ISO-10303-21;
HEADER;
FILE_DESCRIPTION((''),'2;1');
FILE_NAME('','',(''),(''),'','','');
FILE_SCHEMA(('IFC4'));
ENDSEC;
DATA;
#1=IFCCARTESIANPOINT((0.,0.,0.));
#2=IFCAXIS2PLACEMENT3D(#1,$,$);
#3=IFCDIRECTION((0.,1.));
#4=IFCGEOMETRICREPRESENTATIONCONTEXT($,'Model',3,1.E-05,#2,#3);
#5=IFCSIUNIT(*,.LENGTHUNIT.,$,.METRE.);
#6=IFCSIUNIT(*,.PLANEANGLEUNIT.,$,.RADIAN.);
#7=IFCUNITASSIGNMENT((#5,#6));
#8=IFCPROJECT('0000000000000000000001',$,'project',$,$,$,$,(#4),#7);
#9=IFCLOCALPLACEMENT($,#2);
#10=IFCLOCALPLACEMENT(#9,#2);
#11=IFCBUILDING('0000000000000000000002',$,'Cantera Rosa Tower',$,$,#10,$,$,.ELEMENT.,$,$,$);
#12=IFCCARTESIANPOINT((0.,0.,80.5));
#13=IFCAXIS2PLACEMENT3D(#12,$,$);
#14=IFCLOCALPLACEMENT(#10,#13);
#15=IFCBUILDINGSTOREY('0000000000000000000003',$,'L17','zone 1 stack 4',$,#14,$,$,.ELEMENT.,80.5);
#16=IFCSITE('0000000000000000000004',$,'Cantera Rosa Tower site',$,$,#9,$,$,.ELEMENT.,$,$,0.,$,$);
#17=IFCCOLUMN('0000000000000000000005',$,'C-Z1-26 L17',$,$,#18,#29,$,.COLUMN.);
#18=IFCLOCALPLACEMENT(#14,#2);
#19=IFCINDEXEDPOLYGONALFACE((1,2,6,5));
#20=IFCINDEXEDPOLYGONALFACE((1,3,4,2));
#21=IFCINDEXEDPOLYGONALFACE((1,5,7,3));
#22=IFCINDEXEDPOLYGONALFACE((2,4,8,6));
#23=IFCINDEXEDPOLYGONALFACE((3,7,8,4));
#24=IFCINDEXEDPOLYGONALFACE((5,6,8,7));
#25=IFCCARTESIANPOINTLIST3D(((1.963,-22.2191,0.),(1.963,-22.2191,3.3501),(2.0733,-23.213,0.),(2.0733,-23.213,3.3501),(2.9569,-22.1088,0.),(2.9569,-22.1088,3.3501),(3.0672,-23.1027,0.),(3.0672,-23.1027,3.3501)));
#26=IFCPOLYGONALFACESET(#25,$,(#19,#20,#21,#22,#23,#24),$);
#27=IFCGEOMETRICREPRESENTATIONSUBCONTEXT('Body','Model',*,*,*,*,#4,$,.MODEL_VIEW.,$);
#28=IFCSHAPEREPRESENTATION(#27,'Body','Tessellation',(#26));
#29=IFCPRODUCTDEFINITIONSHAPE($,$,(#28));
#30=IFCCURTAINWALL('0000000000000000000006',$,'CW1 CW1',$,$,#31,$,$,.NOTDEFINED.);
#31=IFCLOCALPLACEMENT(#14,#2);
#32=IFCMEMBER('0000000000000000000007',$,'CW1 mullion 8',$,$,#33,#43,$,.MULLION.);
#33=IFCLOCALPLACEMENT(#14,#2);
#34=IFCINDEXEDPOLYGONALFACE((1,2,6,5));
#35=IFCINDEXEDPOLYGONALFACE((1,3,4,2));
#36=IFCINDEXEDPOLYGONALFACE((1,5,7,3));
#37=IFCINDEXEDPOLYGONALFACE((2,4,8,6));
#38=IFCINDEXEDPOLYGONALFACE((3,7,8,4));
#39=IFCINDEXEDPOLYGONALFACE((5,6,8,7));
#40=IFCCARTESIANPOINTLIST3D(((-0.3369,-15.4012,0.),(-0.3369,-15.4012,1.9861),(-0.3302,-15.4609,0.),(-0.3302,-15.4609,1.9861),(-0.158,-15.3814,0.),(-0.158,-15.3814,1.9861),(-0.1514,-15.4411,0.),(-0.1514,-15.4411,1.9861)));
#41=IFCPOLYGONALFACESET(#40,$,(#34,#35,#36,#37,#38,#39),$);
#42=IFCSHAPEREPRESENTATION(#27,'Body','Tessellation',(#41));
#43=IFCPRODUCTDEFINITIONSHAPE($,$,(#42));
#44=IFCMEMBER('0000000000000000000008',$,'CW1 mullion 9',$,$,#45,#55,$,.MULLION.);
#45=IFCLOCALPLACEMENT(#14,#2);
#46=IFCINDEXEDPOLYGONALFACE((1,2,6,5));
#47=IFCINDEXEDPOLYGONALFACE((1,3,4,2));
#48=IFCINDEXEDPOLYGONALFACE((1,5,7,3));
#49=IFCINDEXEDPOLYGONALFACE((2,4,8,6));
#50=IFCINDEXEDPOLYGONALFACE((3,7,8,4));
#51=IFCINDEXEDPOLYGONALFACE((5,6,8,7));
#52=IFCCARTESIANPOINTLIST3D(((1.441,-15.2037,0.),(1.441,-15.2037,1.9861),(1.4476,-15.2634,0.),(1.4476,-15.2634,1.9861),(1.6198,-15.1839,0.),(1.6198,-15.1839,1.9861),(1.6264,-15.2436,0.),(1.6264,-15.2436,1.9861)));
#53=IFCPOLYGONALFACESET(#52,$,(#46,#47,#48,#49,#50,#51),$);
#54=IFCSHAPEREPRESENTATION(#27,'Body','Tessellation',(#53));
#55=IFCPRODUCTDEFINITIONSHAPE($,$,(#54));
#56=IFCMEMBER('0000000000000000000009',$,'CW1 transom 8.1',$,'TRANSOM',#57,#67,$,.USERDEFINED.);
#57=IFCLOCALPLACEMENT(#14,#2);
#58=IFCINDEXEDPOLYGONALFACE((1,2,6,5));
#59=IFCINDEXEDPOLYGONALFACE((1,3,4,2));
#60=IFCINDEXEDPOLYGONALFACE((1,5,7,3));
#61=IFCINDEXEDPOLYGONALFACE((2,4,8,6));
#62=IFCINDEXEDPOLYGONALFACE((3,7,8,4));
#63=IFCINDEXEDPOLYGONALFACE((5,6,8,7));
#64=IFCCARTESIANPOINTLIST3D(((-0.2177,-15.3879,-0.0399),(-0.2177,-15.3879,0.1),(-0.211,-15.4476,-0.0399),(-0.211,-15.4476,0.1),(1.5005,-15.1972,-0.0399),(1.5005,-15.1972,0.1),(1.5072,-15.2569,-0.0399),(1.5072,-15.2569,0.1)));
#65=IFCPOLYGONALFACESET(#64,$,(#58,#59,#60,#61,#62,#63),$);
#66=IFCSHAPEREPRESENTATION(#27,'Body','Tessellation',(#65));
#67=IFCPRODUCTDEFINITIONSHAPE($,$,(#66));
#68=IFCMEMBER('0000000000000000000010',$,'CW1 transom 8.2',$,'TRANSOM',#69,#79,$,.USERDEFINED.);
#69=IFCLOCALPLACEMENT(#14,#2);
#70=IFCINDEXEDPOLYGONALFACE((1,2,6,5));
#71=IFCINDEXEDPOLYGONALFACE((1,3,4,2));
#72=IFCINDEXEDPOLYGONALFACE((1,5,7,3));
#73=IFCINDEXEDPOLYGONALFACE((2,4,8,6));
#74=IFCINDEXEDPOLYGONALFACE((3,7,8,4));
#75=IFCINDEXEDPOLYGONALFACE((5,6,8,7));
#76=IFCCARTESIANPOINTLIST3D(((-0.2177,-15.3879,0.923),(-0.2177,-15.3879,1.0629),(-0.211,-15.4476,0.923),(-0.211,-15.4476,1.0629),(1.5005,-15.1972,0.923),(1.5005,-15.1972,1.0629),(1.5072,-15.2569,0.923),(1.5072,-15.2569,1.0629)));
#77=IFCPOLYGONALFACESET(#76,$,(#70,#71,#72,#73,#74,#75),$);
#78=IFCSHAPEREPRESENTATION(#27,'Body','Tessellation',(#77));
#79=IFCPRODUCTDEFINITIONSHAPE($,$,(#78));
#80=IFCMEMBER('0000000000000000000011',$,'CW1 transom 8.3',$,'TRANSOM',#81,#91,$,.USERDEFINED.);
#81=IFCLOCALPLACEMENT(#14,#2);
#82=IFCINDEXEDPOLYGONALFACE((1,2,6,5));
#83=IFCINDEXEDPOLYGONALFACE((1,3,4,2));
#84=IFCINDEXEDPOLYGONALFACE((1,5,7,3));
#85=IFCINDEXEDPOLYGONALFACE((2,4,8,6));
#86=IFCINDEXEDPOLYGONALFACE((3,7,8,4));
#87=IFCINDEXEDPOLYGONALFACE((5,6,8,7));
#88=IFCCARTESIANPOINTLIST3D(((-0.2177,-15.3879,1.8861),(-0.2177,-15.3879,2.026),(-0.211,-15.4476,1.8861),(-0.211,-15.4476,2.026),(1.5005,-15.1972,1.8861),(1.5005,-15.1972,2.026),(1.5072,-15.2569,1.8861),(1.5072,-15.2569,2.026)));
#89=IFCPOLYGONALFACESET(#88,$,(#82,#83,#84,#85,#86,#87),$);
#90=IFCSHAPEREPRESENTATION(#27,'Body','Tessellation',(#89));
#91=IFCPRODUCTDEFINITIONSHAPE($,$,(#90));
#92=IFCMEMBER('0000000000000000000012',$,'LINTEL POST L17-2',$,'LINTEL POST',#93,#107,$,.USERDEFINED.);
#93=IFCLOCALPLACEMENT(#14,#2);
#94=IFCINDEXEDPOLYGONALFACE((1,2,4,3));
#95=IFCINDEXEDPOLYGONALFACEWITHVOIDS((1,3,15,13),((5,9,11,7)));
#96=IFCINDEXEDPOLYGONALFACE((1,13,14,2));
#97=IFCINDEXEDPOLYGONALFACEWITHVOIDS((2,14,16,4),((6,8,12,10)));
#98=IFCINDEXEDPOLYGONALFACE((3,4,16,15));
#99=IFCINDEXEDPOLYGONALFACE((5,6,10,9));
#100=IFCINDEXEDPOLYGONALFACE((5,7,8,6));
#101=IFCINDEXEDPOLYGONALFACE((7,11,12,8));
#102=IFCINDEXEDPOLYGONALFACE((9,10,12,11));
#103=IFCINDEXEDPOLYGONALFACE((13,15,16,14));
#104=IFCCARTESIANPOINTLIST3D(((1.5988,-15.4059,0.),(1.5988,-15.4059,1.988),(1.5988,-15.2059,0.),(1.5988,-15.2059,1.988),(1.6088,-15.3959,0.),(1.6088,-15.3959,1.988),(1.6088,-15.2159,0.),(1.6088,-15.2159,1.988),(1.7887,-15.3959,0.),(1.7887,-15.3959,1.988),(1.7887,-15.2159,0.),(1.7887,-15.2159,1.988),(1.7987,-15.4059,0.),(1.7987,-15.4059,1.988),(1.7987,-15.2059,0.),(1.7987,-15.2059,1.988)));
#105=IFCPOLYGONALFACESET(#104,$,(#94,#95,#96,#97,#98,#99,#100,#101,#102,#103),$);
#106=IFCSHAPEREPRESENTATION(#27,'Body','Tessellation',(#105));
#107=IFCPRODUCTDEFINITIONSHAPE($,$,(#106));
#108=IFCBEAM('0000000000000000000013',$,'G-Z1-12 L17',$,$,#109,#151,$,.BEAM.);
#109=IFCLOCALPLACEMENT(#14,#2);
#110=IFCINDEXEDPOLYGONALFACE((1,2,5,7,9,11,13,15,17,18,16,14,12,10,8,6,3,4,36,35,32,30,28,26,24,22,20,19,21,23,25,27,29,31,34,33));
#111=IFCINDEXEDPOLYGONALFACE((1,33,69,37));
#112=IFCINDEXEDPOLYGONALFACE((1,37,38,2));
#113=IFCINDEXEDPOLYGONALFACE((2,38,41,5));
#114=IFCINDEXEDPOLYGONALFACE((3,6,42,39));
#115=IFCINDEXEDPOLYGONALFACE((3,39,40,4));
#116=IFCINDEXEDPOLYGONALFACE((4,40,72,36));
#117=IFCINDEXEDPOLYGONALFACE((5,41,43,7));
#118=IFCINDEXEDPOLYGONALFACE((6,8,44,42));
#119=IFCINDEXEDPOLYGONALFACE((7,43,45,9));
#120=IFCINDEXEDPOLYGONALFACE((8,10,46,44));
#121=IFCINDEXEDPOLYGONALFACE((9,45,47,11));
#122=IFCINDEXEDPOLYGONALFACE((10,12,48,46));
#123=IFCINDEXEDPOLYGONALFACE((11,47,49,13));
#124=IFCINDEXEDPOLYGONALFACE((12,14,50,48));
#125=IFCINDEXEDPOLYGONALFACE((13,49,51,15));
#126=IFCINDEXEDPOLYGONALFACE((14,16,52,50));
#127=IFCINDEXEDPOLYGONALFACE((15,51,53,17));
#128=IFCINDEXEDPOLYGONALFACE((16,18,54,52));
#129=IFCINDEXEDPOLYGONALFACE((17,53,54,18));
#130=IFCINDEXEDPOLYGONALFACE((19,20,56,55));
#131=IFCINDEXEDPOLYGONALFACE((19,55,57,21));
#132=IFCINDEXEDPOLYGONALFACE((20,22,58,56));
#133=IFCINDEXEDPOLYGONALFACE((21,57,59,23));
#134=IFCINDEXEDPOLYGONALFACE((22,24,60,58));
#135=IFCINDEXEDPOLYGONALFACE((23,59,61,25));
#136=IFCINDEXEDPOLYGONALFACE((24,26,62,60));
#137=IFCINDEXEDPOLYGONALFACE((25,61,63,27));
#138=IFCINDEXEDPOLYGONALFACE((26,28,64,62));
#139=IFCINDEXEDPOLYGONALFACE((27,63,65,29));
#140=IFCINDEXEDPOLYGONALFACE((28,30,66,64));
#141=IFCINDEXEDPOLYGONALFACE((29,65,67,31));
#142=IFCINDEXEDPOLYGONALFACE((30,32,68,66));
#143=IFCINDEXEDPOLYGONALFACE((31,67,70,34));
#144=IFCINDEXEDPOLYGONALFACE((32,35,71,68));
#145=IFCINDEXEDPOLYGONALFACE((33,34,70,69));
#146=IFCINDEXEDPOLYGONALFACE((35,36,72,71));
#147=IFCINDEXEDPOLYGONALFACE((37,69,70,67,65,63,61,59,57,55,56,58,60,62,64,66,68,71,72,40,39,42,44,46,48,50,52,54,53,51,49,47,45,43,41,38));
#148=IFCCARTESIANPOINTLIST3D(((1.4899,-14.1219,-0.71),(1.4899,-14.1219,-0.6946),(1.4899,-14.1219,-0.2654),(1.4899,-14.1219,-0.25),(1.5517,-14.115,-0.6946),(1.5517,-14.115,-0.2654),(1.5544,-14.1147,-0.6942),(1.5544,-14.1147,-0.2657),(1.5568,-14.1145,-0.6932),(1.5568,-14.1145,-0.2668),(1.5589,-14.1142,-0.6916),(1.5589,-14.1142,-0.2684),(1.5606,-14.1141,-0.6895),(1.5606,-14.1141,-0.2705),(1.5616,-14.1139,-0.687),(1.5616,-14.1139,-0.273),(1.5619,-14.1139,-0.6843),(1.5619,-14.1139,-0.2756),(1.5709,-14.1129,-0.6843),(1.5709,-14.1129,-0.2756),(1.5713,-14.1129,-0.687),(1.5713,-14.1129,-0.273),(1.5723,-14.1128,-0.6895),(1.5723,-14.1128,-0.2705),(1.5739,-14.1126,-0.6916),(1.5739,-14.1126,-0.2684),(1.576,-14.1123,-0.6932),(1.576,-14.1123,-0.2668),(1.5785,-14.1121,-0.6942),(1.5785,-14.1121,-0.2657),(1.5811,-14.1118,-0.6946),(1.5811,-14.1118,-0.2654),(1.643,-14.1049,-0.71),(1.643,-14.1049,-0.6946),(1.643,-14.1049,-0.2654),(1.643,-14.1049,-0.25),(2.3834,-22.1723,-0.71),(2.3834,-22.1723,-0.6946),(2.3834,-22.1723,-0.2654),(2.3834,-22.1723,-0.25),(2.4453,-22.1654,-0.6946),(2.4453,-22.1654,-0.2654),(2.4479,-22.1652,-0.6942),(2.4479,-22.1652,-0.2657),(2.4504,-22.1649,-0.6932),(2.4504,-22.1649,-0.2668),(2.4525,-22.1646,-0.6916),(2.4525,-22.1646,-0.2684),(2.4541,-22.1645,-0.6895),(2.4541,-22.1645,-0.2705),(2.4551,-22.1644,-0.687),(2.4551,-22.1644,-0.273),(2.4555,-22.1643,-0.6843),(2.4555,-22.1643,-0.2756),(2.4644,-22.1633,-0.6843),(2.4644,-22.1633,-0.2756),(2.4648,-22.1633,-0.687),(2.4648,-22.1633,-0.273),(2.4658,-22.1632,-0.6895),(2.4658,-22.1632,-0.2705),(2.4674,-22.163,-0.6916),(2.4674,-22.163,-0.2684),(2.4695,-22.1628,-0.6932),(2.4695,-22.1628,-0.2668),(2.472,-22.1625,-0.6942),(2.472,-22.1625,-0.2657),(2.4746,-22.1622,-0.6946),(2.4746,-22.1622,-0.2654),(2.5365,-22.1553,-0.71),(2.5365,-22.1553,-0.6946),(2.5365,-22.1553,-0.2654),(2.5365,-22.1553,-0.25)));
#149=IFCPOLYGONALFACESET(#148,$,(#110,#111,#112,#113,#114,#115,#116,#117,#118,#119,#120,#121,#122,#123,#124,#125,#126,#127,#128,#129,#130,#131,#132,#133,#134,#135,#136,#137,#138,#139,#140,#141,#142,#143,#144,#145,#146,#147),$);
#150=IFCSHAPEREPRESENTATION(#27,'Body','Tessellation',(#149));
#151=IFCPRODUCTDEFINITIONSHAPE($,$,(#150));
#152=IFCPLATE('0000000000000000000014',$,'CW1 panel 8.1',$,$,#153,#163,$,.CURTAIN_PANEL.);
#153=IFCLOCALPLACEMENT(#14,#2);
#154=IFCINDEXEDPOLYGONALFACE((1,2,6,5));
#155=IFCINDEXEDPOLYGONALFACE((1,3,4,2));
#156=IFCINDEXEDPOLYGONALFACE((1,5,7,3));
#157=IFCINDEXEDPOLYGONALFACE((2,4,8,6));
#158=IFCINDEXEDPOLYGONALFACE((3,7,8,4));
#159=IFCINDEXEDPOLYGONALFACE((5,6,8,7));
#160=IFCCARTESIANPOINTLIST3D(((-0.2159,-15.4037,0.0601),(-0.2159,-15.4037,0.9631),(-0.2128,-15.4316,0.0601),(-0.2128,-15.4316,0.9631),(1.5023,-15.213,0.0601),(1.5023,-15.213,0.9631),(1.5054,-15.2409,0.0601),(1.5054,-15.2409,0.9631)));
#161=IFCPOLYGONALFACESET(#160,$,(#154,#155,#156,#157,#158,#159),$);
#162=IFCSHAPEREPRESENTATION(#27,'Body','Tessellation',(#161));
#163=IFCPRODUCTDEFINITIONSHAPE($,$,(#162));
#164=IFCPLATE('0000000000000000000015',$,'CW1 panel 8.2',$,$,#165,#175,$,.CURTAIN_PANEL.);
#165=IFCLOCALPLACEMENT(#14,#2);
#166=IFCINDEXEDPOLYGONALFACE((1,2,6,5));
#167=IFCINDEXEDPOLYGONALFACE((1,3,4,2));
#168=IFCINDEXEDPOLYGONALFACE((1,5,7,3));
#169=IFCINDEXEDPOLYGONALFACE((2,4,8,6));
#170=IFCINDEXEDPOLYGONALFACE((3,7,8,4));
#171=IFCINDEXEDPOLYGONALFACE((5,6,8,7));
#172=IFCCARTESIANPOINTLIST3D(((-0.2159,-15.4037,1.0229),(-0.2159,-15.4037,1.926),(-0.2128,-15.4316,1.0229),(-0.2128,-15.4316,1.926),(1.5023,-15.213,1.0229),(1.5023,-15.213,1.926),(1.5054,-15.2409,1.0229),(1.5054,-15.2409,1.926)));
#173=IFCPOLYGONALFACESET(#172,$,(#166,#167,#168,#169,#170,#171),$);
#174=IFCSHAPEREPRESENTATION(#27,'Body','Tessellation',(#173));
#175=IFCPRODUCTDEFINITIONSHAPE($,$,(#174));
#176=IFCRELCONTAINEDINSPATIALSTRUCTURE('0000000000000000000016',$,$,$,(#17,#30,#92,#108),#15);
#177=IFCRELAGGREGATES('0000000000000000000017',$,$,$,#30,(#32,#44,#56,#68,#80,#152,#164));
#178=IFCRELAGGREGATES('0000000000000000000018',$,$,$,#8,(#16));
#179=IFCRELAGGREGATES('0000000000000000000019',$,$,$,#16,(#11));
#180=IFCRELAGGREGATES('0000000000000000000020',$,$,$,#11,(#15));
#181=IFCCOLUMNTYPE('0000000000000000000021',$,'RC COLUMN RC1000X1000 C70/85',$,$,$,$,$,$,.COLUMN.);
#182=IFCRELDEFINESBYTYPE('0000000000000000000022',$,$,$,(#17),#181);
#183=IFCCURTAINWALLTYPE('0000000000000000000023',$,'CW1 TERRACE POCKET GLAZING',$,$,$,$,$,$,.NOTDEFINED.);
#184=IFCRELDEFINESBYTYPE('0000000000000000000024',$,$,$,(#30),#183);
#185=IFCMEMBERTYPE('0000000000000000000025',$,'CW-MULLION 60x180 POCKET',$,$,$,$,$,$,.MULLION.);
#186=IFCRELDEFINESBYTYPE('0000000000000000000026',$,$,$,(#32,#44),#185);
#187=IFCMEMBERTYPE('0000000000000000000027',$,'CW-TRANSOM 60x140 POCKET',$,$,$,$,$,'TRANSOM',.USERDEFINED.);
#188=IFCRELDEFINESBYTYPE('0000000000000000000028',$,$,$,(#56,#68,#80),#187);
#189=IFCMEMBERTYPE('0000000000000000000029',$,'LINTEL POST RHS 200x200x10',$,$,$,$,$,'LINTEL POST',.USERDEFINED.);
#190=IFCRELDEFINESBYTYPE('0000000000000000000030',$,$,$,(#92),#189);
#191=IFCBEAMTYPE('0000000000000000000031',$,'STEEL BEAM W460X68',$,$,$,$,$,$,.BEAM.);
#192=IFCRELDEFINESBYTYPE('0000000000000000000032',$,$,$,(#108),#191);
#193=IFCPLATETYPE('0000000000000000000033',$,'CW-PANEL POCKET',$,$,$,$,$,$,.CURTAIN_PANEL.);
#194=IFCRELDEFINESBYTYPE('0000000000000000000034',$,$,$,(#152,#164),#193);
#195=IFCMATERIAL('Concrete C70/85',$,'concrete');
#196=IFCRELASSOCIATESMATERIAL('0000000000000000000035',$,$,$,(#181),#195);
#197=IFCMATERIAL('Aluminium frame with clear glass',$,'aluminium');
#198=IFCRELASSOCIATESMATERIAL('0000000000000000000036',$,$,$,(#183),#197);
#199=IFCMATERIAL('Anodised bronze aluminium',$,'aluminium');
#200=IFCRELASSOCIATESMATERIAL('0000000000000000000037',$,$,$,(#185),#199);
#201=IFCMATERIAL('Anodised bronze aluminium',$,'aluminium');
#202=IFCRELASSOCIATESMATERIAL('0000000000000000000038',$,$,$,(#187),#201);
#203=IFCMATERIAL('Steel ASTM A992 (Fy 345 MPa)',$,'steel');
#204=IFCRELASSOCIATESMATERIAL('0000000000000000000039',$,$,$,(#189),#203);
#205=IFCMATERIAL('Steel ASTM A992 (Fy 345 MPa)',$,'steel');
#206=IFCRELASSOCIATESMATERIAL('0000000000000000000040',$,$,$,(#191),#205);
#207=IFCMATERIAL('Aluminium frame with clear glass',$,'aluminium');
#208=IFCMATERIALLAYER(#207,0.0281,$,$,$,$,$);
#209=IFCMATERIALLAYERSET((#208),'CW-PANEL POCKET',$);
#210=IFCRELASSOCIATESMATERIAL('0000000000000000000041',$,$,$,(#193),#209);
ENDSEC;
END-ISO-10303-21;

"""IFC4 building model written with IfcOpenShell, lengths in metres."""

from ifc_helpers import new_model, si_unit, direction, frame, origin, origin_2d, place, context, subcontext, project, spatial, rectangle, hollow_rectangle, i_section, extrude, material, layer, layer_set, material_profile, profile_set, type_object, element, aggregate, save


model = new_model("IFC4")

# Units and contexts
model_context = context("Model", 3, precision=1e-05, world=origin(), true_north=direction((0.0, 1.0)))
body_context = subcontext(model_context, "Body", "Model", "MODEL_VIEW")
ifc_project = project(units=[si_unit("LENGTHUNIT", "METRE"), si_unit("PLANEANGLEUNIT", "RADIAN")], contexts=[model_context])

# Site, building, storey
site_placement = place(None, origin())
site = spatial("IfcSite", under=ifc_project, at=site_placement, Name="Cantera Rosa Tower site", CompositionType="ELEMENT", RefElevation=0.0)
building_placement = place(site_placement, origin())
building = spatial("IfcBuilding", under=site, at=building_placement, Name="Cantera Rosa Tower", CompositionType="ELEMENT")
storey_placement = place(building_placement, frame((0.0, 0.0, 80.5)))
storey = spatial("IfcBuildingStorey", under=building, at=storey_placement, Name="L17", Description="zone 1 stack 4", CompositionType="ELEMENT", Elevation=80.5)

# Column
ifc_material_1 = material(Name="Concrete C70/85", Category="concrete")
ifc_material_profile_1 = material_profile(ifc_material_1, rectangle(XDim=1.0, YDim=1.0, at=origin_2d()), Name="RC COLUMN RC1000X1000 C70/85")
ifc_profile_set_1 = profile_set([ifc_material_profile_1], Name="Concrete C70/85")
column_type = type_object("IfcColumnType", Name="RC COLUMN RC1000X1000 C70/85", PredefinedType="COLUMN", material=ifc_profile_set_1)
column_placement = place(storey_placement, frame((2.5151, -22.6609, 0.0), z_axis=(0.0, 0.0, 1.0), x_axis=(0.993897, 0.110313, 0.0)))
element("IfcColumn", 1, at=column_placement, inside=storey, type_object=column_type, Name="C-Z1-26 L17", PredefinedType="COLUMN", context=body_context, shape_type="SweptSolid", body=[
    extrude(rectangle(XDim=1.0, YDim=1.0, at=origin_2d()), origin(), (0.0, 0.0, 1.0), 3.3501),
])

# Curtain wall, members
ifc_material_2 = material(Name="Aluminium frame with clear glass", Category="aluminium")
curtain_wall_type = type_object("IfcCurtainWallType", Name="CW1 TERRACE POCKET GLAZING", PredefinedType="NOTDEFINED", material=ifc_material_2)
curtain_wall_placement = place(storey_placement, origin())
curtain_wall = element("IfcCurtainWall", 2, at=curtain_wall_placement, inside=storey, type_object=curtain_wall_type, Name="CW1 CW1", PredefinedType="NOTDEFINED")
ifc_material_3 = material(Name="Anodised bronze aluminium", Category="aluminium")
ifc_material_profile_2 = material_profile(ifc_material_3, rectangle(XDim=0.0601, YDim=0.1799, at=origin_2d()), Name="CW-MULLION 60x180 POCKET")
ifc_profile_set_2 = profile_set([ifc_material_profile_2], Name="Anodised bronze aluminium")
member_type_1 = type_object("IfcMemberType", Name="CW-MULLION 60x180 POCKET", PredefinedType="MULLION", material=ifc_profile_set_2)
member_1_placement = place(storey_placement, frame((-0.2441, -15.4211, 0.0), z_axis=(0.0, 0.0, 1.0), x_axis=(-0.110313, 0.993897, 0.0)))
member_1 = element("IfcMember", 3, at=member_1_placement, type_object=member_type_1, Name="CW1 mullion 8", PredefinedType="MULLION", context=body_context, shape_type="SweptSolid", body=[
    extrude(rectangle(XDim=0.0601, YDim=0.1799, at=origin_2d()), origin(), (0.0, 0.0, 1.0), 1.9861),
])
member_2_placement = place(storey_placement, frame((1.5337, -15.2236, 0.0), z_axis=(0.0, 0.0, 1.0), x_axis=(-0.110313, 0.993897, 0.0)))
member_2 = element("IfcMember", 4, at=member_2_placement, type_object=member_type_1, Name="CW1 mullion 9", PredefinedType="MULLION", context=body_context, shape_type="SweptSolid", body=[
    extrude(rectangle(XDim=0.0601, YDim=0.1799, at=origin_2d()), origin(), (0.0, 0.0, 1.0), 1.9861),
])
ifc_material_4 = material(Name="Anodised bronze aluminium", Category="aluminium")
ifc_material_profile_3 = material_profile(ifc_material_4, rectangle(XDim=0.0601, YDim=0.1399, at=origin_2d()), Name="CW-TRANSOM 60x140 POCKET")
ifc_profile_set_3 = profile_set([ifc_material_profile_3], Name="Anodised bronze aluminium")
member_type_2 = type_object("IfcMemberType", Name="CW-TRANSOM 60x140 POCKET", ElementType="TRANSOM", PredefinedType="USERDEFINED", material=ifc_profile_set_3)
member_3_placement = place(storey_placement, frame((-0.2144, -15.4177, 0.03), z_axis=(0.993899, 0.110292, 0.0), x_axis=(-0.110292, 0.993899, 0.0)))
member_3 = element("IfcMember", 5, at=member_3_placement, type_object=member_type_2, Name="CW1 transom 8.1", ObjectType="TRANSOM", PredefinedType="USERDEFINED", context=body_context, shape_type="SweptSolid", body=[
    extrude(rectangle(XDim=0.0601, YDim=0.1399, at=origin_2d()), origin(), (0.0, 0.0, 1.0), 1.7288),
])
member_4_placement = place(storey_placement, frame((-0.2144, -15.4177, 0.9929), z_axis=(0.993899, 0.110292, 0.0), x_axis=(-0.110292, 0.993899, 0.0)))
member_4 = element("IfcMember", 6, at=member_4_placement, type_object=member_type_2, Name="CW1 transom 8.2", ObjectType="TRANSOM", PredefinedType="USERDEFINED", context=body_context, shape_type="SweptSolid", body=[
    extrude(rectangle(XDim=0.0601, YDim=0.1399, at=origin_2d()), origin(), (0.0, 0.0, 1.0), 1.7288),
])
member_5_placement = place(storey_placement, frame((-0.2144, -15.4177, 1.9561), z_axis=(0.993899, 0.110292, 0.0), x_axis=(-0.110292, 0.993899, 0.0)))
member_5 = element("IfcMember", 7, at=member_5_placement, type_object=member_type_2, Name="CW1 transom 8.3", ObjectType="TRANSOM", PredefinedType="USERDEFINED", context=body_context, shape_type="SweptSolid", body=[
    extrude(rectangle(XDim=0.0601, YDim=0.1399, at=origin_2d()), origin(), (0.0, 0.0, 1.0), 1.7288),
])

# Member
ifc_material_5 = material(Name="Steel ASTM A992 (Fy 345 MPa)", Category="steel")
ifc_material_profile_4 = material_profile(ifc_material_5, hollow_rectangle(XDim=0.2, YDim=0.2, WallThickness=0.01, at=origin_2d()), Name="LINTEL POST RHS 200x200x10")
ifc_profile_set_4 = profile_set([ifc_material_profile_4], Name="Steel ASTM A992 (Fy 345 MPa)")
member_type_3 = type_object("IfcMemberType", Name="LINTEL POST RHS 200x200x10", ElementType="LINTEL POST", PredefinedType="USERDEFINED", material=ifc_profile_set_4)
member_6_placement = place(storey_placement, frame((1.6987, -15.3059, 0.0), z_axis=(0.0, 0.0, 1.0), x_axis=(1.0, 0.0, 0.0)))
element("IfcMember", 8, at=member_6_placement, inside=storey, type_object=member_type_3, Name="LINTEL POST L17-2", ObjectType="LINTEL POST", PredefinedType="USERDEFINED", context=body_context, shape_type="SweptSolid", body=[
    extrude(hollow_rectangle(XDim=0.2, YDim=0.2, WallThickness=0.01, at=origin_2d()), origin(), (0.0, 0.0, 1.0), 1.988),
])

# Beam
ifc_material_6 = material(Name="Steel ASTM A992 (Fy 345 MPa)", Category="steel")
ifc_material_profile_5 = material_profile(ifc_material_6, i_section(OverallWidth=0.1541, OverallDepth=0.46, WebThickness=0.009, FlangeThickness=0.0154, FilletRadius=0.0103, at=origin_2d()), Name="W460X68")
ifc_profile_set_5 = profile_set([ifc_material_profile_5], Name="Steel ASTM A992 (Fy 345 MPa)")
beam_type = type_object("IfcBeamType", Name="STEEL BEAM W460X68", PredefinedType="BEAM", material=ifc_profile_set_5)
beam_placement = place(storey_placement, frame((2.46, -22.1638, -0.48), z_axis=(-0.110316, 0.993897, 0.0), x_axis=(-0.993897, -0.110316, 0.0)))
element("IfcBeam", 9, at=beam_placement, inside=storey, type_object=beam_type, Name="G-Z1-12 L17", PredefinedType="BEAM", context=body_context, shape_type="SweptSolid", body=[
    extrude(i_section(OverallWidth=0.1541, OverallDepth=0.46, WebThickness=0.009, FlangeThickness=0.0154, FilletRadius=0.0103, at=origin_2d()), origin(), (0.0, 0.0, 1.0), 8.0999),
])

# Plates
ifc_material_7 = material(Name="Aluminium frame with clear glass", Category="aluminium")
ifc_layer_1 = layer(ifc_material_7, 0.0281)
ifc_layer_set_1 = layer_set([ifc_layer_1], Name="CW-PANEL POCKET")
plate_type = type_object("IfcPlateType", Name="CW-PANEL POCKET", PredefinedType="CURTAIN_PANEL", material=ifc_layer_set_1)
plate_1_placement = place(storey_placement, frame((0.6448, -15.3223, 0.0601), z_axis=(0.0, 0.0, 1.0), x_axis=(0.993897, 0.110313, 0.0)))
plate_1 = element("IfcPlate", 10, at=plate_1_placement, type_object=plate_type, Name="CW1 panel 8.1", PredefinedType="CURTAIN_PANEL", context=body_context, shape_type="SweptSolid", body=[
    extrude(rectangle(XDim=1.7288, YDim=0.0281, at=origin_2d()), origin(), (0.0, 0.0, 1.0), 0.9031),
])
plate_2_placement = place(storey_placement, frame((0.6448, -15.3223, 1.0229), z_axis=(0.0, 0.0, 1.0), x_axis=(0.993897, 0.110313, 0.0)))
plate_2 = element("IfcPlate", 11, at=plate_2_placement, type_object=plate_type, Name="CW1 panel 8.2", PredefinedType="CURTAIN_PANEL", context=body_context, shape_type="SweptSolid", body=[
    extrude(rectangle(XDim=1.7288, YDim=0.0281, at=origin_2d()), origin(), (0.0, 0.0, 1.0), 0.9031),
])
aggregate(curtain_wall, [member_1, member_2, member_3, member_4, member_5, plate_1, plate_2])

save(model, "model.ifc")
